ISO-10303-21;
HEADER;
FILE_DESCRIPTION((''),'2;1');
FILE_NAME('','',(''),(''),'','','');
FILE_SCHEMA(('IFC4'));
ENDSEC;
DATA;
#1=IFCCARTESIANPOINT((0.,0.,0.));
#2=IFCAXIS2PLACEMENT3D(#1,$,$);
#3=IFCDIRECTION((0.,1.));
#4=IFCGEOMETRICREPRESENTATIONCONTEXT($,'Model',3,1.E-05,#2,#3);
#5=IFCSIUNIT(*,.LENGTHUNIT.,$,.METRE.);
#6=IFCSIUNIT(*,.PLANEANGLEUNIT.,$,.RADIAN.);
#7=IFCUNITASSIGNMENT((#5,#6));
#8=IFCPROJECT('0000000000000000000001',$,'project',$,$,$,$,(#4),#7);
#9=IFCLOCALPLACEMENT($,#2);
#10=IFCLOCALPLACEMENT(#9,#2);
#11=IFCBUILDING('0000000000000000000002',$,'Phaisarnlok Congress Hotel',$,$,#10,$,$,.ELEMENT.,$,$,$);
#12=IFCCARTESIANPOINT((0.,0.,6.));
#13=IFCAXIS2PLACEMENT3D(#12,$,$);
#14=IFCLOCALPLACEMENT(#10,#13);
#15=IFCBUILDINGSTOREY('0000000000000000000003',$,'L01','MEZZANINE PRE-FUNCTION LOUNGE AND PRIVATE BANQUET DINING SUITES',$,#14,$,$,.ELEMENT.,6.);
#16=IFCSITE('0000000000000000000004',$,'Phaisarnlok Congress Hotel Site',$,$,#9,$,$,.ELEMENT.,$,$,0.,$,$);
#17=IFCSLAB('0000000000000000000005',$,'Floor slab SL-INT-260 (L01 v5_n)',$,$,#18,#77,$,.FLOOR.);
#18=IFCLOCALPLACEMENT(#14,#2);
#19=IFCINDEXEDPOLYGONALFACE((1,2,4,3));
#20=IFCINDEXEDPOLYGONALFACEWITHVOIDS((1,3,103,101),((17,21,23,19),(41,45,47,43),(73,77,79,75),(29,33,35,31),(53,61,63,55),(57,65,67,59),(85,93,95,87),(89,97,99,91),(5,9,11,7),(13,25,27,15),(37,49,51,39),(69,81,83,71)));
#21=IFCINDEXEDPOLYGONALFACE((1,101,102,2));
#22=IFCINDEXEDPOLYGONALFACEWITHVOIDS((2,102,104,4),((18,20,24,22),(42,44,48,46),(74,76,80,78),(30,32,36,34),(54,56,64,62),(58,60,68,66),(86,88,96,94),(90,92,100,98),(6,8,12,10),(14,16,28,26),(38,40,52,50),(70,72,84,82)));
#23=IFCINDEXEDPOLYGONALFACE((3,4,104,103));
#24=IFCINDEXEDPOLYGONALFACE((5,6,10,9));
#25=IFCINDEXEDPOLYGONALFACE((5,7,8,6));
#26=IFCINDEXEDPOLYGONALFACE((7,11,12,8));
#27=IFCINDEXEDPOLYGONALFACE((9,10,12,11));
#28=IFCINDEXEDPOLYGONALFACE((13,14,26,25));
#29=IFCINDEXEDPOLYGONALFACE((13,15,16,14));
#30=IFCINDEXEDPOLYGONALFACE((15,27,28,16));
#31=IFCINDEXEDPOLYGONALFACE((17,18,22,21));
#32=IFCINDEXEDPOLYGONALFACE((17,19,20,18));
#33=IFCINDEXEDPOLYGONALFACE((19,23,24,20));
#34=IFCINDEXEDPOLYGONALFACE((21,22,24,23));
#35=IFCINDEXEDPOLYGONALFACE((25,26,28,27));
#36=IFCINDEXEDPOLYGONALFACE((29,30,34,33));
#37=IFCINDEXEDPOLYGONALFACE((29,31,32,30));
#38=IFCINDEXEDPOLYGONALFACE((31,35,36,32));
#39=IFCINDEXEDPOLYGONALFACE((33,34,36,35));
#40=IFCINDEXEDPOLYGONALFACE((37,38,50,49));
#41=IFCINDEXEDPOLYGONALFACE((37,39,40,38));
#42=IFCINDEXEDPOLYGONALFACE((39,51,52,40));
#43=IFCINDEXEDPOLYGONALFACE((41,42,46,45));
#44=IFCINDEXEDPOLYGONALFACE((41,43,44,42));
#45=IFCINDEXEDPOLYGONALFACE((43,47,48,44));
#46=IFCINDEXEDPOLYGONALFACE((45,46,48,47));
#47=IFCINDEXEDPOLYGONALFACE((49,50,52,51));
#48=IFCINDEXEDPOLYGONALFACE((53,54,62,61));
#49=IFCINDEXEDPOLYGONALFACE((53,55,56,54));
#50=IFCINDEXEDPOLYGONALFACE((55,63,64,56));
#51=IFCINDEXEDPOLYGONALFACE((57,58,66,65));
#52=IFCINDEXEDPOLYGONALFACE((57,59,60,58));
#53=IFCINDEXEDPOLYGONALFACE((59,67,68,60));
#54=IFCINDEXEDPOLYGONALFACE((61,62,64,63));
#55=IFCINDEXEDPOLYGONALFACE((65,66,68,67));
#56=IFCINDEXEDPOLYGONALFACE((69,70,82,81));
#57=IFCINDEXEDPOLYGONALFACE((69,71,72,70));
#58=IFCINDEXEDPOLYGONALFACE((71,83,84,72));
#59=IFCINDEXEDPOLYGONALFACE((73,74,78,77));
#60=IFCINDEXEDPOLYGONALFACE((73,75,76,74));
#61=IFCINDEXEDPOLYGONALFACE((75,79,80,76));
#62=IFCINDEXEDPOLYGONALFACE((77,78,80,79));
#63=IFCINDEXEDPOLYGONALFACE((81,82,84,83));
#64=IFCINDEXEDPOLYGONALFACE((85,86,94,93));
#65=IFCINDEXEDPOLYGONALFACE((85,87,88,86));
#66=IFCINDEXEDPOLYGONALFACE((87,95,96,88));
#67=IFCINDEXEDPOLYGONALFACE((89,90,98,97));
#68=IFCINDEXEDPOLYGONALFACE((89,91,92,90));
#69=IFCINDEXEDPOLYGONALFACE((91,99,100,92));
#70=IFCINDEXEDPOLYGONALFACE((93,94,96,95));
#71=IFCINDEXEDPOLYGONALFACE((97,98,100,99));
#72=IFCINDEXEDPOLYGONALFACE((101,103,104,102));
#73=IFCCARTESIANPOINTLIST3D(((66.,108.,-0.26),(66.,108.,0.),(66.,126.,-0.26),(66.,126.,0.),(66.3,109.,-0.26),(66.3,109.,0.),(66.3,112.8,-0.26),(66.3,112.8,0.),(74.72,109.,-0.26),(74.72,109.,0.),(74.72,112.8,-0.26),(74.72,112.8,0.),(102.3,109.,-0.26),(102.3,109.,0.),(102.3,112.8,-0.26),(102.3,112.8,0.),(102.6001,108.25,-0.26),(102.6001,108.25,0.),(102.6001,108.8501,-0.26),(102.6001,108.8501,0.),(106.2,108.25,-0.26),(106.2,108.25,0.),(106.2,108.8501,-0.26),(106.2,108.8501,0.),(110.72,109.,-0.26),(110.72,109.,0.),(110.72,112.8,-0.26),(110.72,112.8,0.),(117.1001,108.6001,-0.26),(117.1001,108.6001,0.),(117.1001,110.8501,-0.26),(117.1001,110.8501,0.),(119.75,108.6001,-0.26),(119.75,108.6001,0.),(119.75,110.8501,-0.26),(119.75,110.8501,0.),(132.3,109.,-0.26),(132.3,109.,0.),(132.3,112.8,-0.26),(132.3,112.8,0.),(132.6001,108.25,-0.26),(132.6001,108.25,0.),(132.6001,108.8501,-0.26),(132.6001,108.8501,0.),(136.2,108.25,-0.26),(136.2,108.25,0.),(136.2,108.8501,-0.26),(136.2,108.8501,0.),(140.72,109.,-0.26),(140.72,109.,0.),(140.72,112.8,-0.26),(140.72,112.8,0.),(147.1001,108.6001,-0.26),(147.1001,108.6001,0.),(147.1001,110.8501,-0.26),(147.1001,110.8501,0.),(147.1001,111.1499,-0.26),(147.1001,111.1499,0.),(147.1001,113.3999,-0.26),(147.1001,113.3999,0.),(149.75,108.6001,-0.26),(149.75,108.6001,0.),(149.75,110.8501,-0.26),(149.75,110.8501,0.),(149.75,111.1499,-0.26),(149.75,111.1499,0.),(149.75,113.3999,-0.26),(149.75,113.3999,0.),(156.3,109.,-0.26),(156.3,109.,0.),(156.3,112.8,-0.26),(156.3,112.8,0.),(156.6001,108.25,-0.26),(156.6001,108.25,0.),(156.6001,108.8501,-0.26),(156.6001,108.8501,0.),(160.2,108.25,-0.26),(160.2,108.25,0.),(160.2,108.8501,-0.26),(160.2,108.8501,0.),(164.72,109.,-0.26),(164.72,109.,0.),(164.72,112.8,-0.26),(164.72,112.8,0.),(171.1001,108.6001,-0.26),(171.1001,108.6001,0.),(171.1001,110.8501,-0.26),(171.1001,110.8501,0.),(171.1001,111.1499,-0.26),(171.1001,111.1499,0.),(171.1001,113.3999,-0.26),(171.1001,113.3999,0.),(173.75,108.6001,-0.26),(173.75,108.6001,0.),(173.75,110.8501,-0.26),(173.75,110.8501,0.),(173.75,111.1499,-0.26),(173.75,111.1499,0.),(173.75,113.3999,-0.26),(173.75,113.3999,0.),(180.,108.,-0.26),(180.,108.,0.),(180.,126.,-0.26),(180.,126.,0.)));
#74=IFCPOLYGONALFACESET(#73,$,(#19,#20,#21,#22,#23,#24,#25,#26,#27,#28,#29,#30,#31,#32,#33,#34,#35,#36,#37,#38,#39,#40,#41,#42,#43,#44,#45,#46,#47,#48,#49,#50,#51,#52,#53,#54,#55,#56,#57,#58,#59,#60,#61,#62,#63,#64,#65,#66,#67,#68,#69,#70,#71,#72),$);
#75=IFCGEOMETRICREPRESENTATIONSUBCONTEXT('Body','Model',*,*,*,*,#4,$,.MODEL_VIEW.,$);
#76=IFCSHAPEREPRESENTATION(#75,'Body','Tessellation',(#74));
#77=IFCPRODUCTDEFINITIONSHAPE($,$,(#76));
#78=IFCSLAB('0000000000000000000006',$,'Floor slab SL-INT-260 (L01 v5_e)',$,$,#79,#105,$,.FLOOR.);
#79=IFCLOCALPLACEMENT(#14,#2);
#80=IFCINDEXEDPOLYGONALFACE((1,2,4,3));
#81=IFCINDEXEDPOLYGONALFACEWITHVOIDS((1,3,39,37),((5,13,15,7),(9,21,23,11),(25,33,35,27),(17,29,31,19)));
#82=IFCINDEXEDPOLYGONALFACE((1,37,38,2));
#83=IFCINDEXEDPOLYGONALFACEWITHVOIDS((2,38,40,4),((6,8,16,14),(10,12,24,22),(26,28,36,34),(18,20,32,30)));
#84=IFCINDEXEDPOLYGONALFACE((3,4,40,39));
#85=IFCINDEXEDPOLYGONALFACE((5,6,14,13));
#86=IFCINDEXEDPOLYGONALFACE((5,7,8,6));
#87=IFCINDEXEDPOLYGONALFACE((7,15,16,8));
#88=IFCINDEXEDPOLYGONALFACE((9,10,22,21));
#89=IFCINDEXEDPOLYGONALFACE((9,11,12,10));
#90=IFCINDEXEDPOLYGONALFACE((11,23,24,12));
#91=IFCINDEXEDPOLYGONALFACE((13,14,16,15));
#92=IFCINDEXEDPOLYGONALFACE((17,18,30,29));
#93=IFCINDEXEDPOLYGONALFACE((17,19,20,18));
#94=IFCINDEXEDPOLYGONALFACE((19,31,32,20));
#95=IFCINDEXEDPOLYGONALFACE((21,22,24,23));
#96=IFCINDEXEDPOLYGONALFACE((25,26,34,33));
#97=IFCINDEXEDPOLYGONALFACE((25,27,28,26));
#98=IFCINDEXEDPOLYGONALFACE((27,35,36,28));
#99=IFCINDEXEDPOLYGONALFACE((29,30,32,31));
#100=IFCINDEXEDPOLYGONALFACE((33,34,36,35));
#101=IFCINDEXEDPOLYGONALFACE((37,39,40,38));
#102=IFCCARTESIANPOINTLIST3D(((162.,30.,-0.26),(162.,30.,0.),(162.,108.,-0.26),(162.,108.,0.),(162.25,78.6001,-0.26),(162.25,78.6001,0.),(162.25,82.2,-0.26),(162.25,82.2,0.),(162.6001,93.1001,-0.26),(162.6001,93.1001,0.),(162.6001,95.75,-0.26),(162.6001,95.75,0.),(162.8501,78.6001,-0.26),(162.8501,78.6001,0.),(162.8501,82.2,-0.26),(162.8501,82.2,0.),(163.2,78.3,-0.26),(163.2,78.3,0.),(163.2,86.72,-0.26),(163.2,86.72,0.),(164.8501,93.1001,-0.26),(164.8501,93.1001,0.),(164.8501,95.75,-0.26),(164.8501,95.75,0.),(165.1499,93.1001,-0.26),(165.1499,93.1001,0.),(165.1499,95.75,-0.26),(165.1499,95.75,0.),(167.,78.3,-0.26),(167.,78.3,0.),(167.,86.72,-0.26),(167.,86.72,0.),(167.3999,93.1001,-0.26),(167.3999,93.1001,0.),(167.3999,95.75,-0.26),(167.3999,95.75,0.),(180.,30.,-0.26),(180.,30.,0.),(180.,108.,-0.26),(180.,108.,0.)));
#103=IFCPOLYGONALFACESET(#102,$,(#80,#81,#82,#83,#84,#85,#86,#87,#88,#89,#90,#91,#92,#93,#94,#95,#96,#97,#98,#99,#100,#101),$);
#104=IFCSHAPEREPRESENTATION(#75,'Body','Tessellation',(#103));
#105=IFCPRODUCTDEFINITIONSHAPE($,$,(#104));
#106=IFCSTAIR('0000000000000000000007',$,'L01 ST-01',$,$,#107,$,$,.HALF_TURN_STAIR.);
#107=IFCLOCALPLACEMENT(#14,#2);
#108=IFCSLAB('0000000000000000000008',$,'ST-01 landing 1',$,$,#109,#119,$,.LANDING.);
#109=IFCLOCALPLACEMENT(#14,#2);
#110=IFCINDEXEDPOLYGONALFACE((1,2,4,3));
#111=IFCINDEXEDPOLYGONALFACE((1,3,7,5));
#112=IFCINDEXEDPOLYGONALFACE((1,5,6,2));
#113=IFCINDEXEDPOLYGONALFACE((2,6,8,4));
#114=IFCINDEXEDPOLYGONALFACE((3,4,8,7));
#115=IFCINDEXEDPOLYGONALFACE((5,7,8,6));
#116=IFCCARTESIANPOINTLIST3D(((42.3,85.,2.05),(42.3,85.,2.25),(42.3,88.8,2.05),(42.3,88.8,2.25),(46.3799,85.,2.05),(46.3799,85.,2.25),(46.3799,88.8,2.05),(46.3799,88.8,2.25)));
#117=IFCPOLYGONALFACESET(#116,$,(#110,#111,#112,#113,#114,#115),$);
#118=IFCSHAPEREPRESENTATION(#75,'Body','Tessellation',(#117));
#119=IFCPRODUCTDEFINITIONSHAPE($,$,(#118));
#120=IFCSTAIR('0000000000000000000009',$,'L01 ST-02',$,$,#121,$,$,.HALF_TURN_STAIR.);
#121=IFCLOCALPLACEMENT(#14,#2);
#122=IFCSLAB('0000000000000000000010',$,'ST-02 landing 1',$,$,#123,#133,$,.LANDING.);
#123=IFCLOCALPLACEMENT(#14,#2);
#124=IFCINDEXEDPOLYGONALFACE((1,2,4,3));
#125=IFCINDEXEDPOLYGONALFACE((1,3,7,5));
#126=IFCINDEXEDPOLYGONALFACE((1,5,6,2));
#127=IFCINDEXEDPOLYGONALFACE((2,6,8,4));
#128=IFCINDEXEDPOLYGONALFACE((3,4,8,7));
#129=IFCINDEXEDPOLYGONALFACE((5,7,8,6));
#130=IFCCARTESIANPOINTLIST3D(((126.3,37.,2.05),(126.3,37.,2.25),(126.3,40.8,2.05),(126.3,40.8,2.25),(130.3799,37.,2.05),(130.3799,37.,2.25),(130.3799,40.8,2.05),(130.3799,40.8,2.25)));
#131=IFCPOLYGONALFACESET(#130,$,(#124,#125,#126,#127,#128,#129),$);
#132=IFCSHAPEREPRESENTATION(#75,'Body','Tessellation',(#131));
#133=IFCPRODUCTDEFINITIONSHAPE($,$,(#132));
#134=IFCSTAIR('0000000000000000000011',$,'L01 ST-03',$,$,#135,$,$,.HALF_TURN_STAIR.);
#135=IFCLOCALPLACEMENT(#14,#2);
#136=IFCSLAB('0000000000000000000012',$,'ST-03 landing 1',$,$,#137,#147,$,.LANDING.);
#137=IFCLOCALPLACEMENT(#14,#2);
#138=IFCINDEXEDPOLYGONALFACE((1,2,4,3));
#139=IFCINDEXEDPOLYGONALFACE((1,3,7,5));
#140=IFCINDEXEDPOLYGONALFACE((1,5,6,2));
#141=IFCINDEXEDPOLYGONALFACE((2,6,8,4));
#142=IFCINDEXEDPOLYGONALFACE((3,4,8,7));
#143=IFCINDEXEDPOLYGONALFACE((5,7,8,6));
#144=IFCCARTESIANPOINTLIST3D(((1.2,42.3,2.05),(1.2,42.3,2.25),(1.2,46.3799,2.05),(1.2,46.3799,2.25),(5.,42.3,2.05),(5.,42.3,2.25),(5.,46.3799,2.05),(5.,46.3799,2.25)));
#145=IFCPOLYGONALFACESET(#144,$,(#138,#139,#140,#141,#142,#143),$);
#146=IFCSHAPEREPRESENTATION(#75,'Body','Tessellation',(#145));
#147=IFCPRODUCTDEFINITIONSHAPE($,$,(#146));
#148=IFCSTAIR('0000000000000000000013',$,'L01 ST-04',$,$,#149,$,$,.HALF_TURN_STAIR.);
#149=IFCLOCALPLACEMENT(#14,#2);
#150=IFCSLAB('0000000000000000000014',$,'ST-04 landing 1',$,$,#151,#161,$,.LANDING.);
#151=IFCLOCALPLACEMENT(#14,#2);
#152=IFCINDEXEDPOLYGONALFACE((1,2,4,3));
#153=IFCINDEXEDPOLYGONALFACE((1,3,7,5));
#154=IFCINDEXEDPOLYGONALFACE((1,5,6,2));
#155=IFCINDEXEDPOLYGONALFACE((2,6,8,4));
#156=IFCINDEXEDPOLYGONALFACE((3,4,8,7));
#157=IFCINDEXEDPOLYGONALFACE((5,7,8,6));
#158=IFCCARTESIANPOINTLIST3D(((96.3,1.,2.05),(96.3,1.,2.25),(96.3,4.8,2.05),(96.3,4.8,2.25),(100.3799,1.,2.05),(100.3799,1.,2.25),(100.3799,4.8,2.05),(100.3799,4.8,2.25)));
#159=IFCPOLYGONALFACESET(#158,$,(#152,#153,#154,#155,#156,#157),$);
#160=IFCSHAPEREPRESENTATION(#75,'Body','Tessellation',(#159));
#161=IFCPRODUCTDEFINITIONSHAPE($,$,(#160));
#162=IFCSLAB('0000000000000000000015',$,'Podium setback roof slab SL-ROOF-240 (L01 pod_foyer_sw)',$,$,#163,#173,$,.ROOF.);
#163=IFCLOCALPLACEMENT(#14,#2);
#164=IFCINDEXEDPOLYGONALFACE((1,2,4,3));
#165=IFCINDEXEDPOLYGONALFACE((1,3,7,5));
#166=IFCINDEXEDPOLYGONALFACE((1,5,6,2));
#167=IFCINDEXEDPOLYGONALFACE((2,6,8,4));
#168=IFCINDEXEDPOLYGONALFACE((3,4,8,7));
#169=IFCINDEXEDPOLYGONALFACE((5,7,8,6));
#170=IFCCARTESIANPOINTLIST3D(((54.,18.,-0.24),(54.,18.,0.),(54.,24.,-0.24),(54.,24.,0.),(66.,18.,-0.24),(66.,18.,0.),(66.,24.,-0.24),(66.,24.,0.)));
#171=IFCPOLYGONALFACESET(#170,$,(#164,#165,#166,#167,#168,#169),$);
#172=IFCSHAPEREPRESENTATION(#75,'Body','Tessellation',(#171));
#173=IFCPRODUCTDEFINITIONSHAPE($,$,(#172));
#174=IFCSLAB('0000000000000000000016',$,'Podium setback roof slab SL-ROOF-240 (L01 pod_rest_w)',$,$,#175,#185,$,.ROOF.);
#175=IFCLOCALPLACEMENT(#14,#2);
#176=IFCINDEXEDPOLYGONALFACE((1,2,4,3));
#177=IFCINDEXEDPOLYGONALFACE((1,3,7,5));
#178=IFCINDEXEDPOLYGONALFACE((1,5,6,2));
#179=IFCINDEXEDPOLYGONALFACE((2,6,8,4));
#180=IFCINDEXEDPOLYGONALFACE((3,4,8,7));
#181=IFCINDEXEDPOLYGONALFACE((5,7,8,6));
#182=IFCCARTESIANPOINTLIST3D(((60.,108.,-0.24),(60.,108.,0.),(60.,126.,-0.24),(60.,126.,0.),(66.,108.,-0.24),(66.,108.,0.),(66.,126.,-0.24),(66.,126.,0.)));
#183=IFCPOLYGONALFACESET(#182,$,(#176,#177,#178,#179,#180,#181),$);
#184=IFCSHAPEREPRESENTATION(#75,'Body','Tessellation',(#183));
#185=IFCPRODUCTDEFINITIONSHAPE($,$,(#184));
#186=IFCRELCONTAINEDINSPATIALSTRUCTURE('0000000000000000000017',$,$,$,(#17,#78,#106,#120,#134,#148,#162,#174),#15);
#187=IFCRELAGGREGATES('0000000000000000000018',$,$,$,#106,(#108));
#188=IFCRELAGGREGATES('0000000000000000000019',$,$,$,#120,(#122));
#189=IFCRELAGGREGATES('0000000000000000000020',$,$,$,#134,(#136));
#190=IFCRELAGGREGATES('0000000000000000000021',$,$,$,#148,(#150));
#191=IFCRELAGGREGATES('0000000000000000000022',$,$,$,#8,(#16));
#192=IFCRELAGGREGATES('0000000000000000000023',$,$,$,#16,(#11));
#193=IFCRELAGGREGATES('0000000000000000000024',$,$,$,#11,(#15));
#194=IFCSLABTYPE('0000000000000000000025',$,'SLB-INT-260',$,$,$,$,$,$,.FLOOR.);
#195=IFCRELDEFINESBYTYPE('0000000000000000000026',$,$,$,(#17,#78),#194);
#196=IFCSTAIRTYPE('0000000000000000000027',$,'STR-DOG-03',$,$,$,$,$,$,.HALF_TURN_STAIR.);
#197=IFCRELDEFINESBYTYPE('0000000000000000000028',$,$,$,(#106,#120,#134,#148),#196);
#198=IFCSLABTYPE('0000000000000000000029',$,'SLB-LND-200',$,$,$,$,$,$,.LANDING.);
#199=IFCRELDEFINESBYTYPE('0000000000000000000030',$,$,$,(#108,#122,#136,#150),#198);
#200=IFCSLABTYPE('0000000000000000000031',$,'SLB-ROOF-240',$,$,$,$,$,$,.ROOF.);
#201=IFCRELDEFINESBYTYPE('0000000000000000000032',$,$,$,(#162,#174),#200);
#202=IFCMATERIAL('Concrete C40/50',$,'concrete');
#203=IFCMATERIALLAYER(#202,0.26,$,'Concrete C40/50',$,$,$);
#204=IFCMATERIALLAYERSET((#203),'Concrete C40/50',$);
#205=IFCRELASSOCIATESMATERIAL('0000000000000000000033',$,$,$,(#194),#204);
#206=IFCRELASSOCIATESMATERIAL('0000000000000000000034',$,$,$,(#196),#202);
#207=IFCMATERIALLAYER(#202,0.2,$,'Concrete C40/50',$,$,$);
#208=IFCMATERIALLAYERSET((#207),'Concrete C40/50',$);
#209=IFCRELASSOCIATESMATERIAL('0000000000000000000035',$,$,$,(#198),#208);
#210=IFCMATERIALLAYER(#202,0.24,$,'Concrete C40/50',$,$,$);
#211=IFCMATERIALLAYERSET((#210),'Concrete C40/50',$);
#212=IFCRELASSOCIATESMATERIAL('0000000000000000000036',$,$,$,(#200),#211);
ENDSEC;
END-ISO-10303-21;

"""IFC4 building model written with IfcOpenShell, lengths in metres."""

from ifc_helpers import new_model, si_unit, direction, frame, origin, place, context, subcontext, project, spatial, polyline, outline, extrude, material, layer, layer_set, type_object, element, aggregate, save


model = new_model("IFC4")

# Units and contexts
model_context = context("Model", 3, precision=1e-05, world=origin(), true_north=direction((0.0, 1.0)))
body_context = subcontext(model_context, "Body", "Model", "MODEL_VIEW")
ifc_project = project(units=[si_unit("LENGTHUNIT", "METRE"), si_unit("PLANEANGLEUNIT", "RADIAN")], contexts=[model_context])

# Site, building, storey
site_placement = place(None, origin())
site = spatial("IfcSite", under=ifc_project, at=site_placement, Name="Phaisarnlok Congress Hotel Site", CompositionType="ELEMENT", RefElevation=0.0)
building_placement = place(site_placement, origin())
building = spatial("IfcBuilding", under=site, at=building_placement, Name="Phaisarnlok Congress Hotel", CompositionType="ELEMENT")
storey_placement = place(building_placement, frame((0.0, 0.0, 6.0)))
storey = spatial("IfcBuildingStorey", under=building, at=storey_placement, Name="L01", Description="MEZZANINE PRE-FUNCTION LOUNGE AND PRIVATE BANQUET DINING SUITES", CompositionType="ELEMENT", Elevation=6.0)

# Slabs
ifc_material_1 = material(Name="Concrete C40/50", Category="concrete")
ifc_layer_1 = layer(ifc_material_1, 0.26, Name="Concrete C40/50")
ifc_layer_set_1 = layer_set([ifc_layer_1], Name="Concrete C40/50")
slab_type_1 = type_object("IfcSlabType", Name="SLB-INT-260", PredefinedType="FLOOR", material=ifc_layer_set_1)
slab_1_placement = place(storey_placement, frame((0.0, 0.0, -0.26)))
element("IfcSlab", 1, at=slab_1_placement, inside=storey, type_object=slab_type_1, Name="Floor slab SL-INT-260 (L01 v5_n)", PredefinedType="FLOOR", context=body_context, shape_type="SweptSolid", body=[
    extrude(outline(polyline([(180.0, 108.0), (180.0, 126.0), (66.0, 126.0), (66.0, 108.0), (180.0, 108.0)]), holes=[polyline([(164.72, 112.8), (156.3, 112.8), (156.3, 109.0), (164.72, 109.0), (164.72, 112.8)]), polyline([(140.72, 112.8), (132.3, 112.8), (132.3, 109.0), (140.72, 109.0), (140.72, 112.8)]), polyline([(110.72, 112.8), (102.3, 112.8), (102.3, 109.0), (110.72, 109.0), (110.72, 112.8)]), polyline([(74.72, 112.8), (66.3, 112.8), (66.3, 109.0), (74.72, 109.0), (74.72, 112.8)]), polyline([(173.75, 108.6001), (173.75, 110.8501), (171.1001, 110.8501), (171.1001, 108.6001), (173.75, 108.6001)]), polyline([(173.75, 111.1499), (173.75, 113.3999), (171.1001, 113.3999), (171.1001, 111.1499), (173.75, 111.1499)]), polyline([(160.2, 108.25), (160.2, 108.8501), (156.6001, 108.8501), (156.6001, 108.25), (160.2, 108.25)]), polyline([(149.75, 108.6001), (149.75, 110.8501), (147.1001, 110.8501), (147.1001, 108.6001), (149.75, 108.6001)]), polyline([(149.75, 111.1499), (149.75, 113.3999), (147.1001, 113.3999), (147.1001, 111.1499), (149.75, 111.1499)]), polyline([(136.2, 108.25), (136.2, 108.8501), (132.6001, 108.8501), (132.6001, 108.25), (136.2, 108.25)]), polyline([(119.75, 108.6001), (119.75, 110.8501), (117.1001, 110.8501), (117.1001, 108.6001), (119.75, 108.6001)]), polyline([(106.2, 108.25), (106.2, 108.8501), (102.6001, 108.8501), (102.6001, 108.25), (106.2, 108.25)])]), origin(), (0.0, 0.0, 1.0), 0.26),
])
slab_2_placement = place(storey_placement, frame((0.0, 0.0, -0.26)))
element("IfcSlab", 2, at=slab_2_placement, inside=storey, type_object=slab_type_1, Name="Floor slab SL-INT-260 (L01 v5_e)", PredefinedType="FLOOR", context=body_context, shape_type="SweptSolid", body=[
    extrude(outline(polyline([(180.0, 30.0), (180.0, 108.0), (162.0, 108.0), (162.0, 30.0), (180.0, 30.0)]), holes=[polyline([(163.2, 86.72), (163.2, 78.3), (167.0, 78.3), (167.0, 86.72), (163.2, 86.72)]), polyline([(164.8501, 93.1001), (164.8501, 95.75), (162.6001, 95.75), (162.6001, 93.1001), (164.8501, 93.1001)]), polyline([(167.3999, 93.1001), (167.3999, 95.75), (165.1499, 95.75), (165.1499, 93.1001), (167.3999, 93.1001)]), polyline([(162.8501, 78.6001), (162.8501, 82.2), (162.25, 82.2), (162.25, 78.6001), (162.8501, 78.6001)])]), origin(), (0.0, 0.0, 1.0), 0.26),
])

# Stairs, slabs
stair_type = type_object("IfcStairType", Name="STR-DOG-03", PredefinedType="HALF_TURN_STAIR", material=ifc_material_1)
stair_1_placement = place(storey_placement, origin())
stair_1 = element("IfcStair", 3, at=stair_1_placement, inside=storey, type_object=stair_type, Name="L01 ST-01", PredefinedType="HALF_TURN_STAIR")
ifc_layer_2 = layer(ifc_material_1, 0.2, Name="Concrete C40/50")
ifc_layer_set_2 = layer_set([ifc_layer_2], Name="Concrete C40/50")
slab_type_2 = type_object("IfcSlabType", Name="SLB-LND-200", PredefinedType="LANDING", material=ifc_layer_set_2)
slab_3_placement = place(storey_placement, frame((0.0, 0.0, 2.05)))
slab_3 = element("IfcSlab", 4, at=slab_3_placement, type_object=slab_type_2, Name="ST-01 landing 1", PredefinedType="LANDING", context=body_context, shape_type="SweptSolid", body=[
    extrude(outline(polyline([(46.3799, 88.8), (42.3, 88.8), (42.3, 85.0), (46.3799, 85.0), (46.3799, 88.8)])), origin(), (0.0, 0.0, 1.0), 0.2),
])
aggregate(stair_1, [slab_3])
stair_2_placement = place(storey_placement, origin())
stair_2 = element("IfcStair", 5, at=stair_2_placement, inside=storey, type_object=stair_type, Name="L01 ST-02", PredefinedType="HALF_TURN_STAIR")
slab_4_placement = place(storey_placement, frame((0.0, 0.0, 2.05)))
slab_4 = element("IfcSlab", 6, at=slab_4_placement, type_object=slab_type_2, Name="ST-02 landing 1", PredefinedType="LANDING", context=body_context, shape_type="SweptSolid", body=[
    extrude(outline(polyline([(130.3799, 40.8), (126.3, 40.8), (126.3, 37.0), (130.3799, 37.0), (130.3799, 40.8)])), origin(), (0.0, 0.0, 1.0), 0.2),
])
aggregate(stair_2, [slab_4])
stair_3_placement = place(storey_placement, origin())
stair_3 = element("IfcStair", 7, at=stair_3_placement, inside=storey, type_object=stair_type, Name="L01 ST-03", PredefinedType="HALF_TURN_STAIR")
slab_5_placement = place(storey_placement, frame((0.0, 0.0, 2.05)))
slab_5 = element("IfcSlab", 8, at=slab_5_placement, type_object=slab_type_2, Name="ST-03 landing 1", PredefinedType="LANDING", context=body_context, shape_type="SweptSolid", body=[
    extrude(outline(polyline([(1.2, 46.3799), (1.2, 42.3), (5.0, 42.3), (5.0, 46.3799), (1.2, 46.3799)])), origin(), (0.0, 0.0, 1.0), 0.2),
])
aggregate(stair_3, [slab_5])
stair_4_placement = place(storey_placement, origin())
stair_4 = element("IfcStair", 9, at=stair_4_placement, inside=storey, type_object=stair_type, Name="L01 ST-04", PredefinedType="HALF_TURN_STAIR")
slab_6_placement = place(storey_placement, frame((0.0, 0.0, 2.05)))
slab_6 = element("IfcSlab", 10, at=slab_6_placement, type_object=slab_type_2, Name="ST-04 landing 1", PredefinedType="LANDING", context=body_context, shape_type="SweptSolid", body=[
    extrude(outline(polyline([(100.3799, 4.8), (96.3, 4.8), (96.3, 1.0), (100.3799, 1.0), (100.3799, 4.8)])), origin(), (0.0, 0.0, 1.0), 0.2),
])
aggregate(stair_4, [slab_6])

# Slabs
ifc_layer_3 = layer(ifc_material_1, 0.24, Name="Concrete C40/50")
ifc_layer_set_3 = layer_set([ifc_layer_3], Name="Concrete C40/50")
slab_type_3 = type_object("IfcSlabType", Name="SLB-ROOF-240", PredefinedType="ROOF", material=ifc_layer_set_3)
slab_7_placement = place(storey_placement, frame((0.0, 0.0, -0.24)))
element("IfcSlab", 11, at=slab_7_placement, inside=storey, type_object=slab_type_3, Name="Podium setback roof slab SL-ROOF-240 (L01 pod_foyer_sw)", PredefinedType="ROOF", context=body_context, shape_type="SweptSolid", body=[
    extrude(outline(polyline([(54.0, 18.0), (66.0, 18.0), (66.0, 24.0), (54.0, 24.0), (54.0, 18.0)])), origin(), (0.0, 0.0, 1.0), 0.24),
])
slab_8_placement = place(storey_placement, frame((0.0, 0.0, -0.24)))
element("IfcSlab", 12, at=slab_8_placement, inside=storey, type_object=slab_type_3, Name="Podium setback roof slab SL-ROOF-240 (L01 pod_rest_w)", PredefinedType="ROOF", context=body_context, shape_type="SweptSolid", body=[
    extrude(outline(polyline([(60.0, 108.0), (66.0, 108.0), (66.0, 126.0), (60.0, 126.0), (60.0, 108.0)])), origin(), (0.0, 0.0, 1.0), 0.24),
])

save(model, "model.ifc")
